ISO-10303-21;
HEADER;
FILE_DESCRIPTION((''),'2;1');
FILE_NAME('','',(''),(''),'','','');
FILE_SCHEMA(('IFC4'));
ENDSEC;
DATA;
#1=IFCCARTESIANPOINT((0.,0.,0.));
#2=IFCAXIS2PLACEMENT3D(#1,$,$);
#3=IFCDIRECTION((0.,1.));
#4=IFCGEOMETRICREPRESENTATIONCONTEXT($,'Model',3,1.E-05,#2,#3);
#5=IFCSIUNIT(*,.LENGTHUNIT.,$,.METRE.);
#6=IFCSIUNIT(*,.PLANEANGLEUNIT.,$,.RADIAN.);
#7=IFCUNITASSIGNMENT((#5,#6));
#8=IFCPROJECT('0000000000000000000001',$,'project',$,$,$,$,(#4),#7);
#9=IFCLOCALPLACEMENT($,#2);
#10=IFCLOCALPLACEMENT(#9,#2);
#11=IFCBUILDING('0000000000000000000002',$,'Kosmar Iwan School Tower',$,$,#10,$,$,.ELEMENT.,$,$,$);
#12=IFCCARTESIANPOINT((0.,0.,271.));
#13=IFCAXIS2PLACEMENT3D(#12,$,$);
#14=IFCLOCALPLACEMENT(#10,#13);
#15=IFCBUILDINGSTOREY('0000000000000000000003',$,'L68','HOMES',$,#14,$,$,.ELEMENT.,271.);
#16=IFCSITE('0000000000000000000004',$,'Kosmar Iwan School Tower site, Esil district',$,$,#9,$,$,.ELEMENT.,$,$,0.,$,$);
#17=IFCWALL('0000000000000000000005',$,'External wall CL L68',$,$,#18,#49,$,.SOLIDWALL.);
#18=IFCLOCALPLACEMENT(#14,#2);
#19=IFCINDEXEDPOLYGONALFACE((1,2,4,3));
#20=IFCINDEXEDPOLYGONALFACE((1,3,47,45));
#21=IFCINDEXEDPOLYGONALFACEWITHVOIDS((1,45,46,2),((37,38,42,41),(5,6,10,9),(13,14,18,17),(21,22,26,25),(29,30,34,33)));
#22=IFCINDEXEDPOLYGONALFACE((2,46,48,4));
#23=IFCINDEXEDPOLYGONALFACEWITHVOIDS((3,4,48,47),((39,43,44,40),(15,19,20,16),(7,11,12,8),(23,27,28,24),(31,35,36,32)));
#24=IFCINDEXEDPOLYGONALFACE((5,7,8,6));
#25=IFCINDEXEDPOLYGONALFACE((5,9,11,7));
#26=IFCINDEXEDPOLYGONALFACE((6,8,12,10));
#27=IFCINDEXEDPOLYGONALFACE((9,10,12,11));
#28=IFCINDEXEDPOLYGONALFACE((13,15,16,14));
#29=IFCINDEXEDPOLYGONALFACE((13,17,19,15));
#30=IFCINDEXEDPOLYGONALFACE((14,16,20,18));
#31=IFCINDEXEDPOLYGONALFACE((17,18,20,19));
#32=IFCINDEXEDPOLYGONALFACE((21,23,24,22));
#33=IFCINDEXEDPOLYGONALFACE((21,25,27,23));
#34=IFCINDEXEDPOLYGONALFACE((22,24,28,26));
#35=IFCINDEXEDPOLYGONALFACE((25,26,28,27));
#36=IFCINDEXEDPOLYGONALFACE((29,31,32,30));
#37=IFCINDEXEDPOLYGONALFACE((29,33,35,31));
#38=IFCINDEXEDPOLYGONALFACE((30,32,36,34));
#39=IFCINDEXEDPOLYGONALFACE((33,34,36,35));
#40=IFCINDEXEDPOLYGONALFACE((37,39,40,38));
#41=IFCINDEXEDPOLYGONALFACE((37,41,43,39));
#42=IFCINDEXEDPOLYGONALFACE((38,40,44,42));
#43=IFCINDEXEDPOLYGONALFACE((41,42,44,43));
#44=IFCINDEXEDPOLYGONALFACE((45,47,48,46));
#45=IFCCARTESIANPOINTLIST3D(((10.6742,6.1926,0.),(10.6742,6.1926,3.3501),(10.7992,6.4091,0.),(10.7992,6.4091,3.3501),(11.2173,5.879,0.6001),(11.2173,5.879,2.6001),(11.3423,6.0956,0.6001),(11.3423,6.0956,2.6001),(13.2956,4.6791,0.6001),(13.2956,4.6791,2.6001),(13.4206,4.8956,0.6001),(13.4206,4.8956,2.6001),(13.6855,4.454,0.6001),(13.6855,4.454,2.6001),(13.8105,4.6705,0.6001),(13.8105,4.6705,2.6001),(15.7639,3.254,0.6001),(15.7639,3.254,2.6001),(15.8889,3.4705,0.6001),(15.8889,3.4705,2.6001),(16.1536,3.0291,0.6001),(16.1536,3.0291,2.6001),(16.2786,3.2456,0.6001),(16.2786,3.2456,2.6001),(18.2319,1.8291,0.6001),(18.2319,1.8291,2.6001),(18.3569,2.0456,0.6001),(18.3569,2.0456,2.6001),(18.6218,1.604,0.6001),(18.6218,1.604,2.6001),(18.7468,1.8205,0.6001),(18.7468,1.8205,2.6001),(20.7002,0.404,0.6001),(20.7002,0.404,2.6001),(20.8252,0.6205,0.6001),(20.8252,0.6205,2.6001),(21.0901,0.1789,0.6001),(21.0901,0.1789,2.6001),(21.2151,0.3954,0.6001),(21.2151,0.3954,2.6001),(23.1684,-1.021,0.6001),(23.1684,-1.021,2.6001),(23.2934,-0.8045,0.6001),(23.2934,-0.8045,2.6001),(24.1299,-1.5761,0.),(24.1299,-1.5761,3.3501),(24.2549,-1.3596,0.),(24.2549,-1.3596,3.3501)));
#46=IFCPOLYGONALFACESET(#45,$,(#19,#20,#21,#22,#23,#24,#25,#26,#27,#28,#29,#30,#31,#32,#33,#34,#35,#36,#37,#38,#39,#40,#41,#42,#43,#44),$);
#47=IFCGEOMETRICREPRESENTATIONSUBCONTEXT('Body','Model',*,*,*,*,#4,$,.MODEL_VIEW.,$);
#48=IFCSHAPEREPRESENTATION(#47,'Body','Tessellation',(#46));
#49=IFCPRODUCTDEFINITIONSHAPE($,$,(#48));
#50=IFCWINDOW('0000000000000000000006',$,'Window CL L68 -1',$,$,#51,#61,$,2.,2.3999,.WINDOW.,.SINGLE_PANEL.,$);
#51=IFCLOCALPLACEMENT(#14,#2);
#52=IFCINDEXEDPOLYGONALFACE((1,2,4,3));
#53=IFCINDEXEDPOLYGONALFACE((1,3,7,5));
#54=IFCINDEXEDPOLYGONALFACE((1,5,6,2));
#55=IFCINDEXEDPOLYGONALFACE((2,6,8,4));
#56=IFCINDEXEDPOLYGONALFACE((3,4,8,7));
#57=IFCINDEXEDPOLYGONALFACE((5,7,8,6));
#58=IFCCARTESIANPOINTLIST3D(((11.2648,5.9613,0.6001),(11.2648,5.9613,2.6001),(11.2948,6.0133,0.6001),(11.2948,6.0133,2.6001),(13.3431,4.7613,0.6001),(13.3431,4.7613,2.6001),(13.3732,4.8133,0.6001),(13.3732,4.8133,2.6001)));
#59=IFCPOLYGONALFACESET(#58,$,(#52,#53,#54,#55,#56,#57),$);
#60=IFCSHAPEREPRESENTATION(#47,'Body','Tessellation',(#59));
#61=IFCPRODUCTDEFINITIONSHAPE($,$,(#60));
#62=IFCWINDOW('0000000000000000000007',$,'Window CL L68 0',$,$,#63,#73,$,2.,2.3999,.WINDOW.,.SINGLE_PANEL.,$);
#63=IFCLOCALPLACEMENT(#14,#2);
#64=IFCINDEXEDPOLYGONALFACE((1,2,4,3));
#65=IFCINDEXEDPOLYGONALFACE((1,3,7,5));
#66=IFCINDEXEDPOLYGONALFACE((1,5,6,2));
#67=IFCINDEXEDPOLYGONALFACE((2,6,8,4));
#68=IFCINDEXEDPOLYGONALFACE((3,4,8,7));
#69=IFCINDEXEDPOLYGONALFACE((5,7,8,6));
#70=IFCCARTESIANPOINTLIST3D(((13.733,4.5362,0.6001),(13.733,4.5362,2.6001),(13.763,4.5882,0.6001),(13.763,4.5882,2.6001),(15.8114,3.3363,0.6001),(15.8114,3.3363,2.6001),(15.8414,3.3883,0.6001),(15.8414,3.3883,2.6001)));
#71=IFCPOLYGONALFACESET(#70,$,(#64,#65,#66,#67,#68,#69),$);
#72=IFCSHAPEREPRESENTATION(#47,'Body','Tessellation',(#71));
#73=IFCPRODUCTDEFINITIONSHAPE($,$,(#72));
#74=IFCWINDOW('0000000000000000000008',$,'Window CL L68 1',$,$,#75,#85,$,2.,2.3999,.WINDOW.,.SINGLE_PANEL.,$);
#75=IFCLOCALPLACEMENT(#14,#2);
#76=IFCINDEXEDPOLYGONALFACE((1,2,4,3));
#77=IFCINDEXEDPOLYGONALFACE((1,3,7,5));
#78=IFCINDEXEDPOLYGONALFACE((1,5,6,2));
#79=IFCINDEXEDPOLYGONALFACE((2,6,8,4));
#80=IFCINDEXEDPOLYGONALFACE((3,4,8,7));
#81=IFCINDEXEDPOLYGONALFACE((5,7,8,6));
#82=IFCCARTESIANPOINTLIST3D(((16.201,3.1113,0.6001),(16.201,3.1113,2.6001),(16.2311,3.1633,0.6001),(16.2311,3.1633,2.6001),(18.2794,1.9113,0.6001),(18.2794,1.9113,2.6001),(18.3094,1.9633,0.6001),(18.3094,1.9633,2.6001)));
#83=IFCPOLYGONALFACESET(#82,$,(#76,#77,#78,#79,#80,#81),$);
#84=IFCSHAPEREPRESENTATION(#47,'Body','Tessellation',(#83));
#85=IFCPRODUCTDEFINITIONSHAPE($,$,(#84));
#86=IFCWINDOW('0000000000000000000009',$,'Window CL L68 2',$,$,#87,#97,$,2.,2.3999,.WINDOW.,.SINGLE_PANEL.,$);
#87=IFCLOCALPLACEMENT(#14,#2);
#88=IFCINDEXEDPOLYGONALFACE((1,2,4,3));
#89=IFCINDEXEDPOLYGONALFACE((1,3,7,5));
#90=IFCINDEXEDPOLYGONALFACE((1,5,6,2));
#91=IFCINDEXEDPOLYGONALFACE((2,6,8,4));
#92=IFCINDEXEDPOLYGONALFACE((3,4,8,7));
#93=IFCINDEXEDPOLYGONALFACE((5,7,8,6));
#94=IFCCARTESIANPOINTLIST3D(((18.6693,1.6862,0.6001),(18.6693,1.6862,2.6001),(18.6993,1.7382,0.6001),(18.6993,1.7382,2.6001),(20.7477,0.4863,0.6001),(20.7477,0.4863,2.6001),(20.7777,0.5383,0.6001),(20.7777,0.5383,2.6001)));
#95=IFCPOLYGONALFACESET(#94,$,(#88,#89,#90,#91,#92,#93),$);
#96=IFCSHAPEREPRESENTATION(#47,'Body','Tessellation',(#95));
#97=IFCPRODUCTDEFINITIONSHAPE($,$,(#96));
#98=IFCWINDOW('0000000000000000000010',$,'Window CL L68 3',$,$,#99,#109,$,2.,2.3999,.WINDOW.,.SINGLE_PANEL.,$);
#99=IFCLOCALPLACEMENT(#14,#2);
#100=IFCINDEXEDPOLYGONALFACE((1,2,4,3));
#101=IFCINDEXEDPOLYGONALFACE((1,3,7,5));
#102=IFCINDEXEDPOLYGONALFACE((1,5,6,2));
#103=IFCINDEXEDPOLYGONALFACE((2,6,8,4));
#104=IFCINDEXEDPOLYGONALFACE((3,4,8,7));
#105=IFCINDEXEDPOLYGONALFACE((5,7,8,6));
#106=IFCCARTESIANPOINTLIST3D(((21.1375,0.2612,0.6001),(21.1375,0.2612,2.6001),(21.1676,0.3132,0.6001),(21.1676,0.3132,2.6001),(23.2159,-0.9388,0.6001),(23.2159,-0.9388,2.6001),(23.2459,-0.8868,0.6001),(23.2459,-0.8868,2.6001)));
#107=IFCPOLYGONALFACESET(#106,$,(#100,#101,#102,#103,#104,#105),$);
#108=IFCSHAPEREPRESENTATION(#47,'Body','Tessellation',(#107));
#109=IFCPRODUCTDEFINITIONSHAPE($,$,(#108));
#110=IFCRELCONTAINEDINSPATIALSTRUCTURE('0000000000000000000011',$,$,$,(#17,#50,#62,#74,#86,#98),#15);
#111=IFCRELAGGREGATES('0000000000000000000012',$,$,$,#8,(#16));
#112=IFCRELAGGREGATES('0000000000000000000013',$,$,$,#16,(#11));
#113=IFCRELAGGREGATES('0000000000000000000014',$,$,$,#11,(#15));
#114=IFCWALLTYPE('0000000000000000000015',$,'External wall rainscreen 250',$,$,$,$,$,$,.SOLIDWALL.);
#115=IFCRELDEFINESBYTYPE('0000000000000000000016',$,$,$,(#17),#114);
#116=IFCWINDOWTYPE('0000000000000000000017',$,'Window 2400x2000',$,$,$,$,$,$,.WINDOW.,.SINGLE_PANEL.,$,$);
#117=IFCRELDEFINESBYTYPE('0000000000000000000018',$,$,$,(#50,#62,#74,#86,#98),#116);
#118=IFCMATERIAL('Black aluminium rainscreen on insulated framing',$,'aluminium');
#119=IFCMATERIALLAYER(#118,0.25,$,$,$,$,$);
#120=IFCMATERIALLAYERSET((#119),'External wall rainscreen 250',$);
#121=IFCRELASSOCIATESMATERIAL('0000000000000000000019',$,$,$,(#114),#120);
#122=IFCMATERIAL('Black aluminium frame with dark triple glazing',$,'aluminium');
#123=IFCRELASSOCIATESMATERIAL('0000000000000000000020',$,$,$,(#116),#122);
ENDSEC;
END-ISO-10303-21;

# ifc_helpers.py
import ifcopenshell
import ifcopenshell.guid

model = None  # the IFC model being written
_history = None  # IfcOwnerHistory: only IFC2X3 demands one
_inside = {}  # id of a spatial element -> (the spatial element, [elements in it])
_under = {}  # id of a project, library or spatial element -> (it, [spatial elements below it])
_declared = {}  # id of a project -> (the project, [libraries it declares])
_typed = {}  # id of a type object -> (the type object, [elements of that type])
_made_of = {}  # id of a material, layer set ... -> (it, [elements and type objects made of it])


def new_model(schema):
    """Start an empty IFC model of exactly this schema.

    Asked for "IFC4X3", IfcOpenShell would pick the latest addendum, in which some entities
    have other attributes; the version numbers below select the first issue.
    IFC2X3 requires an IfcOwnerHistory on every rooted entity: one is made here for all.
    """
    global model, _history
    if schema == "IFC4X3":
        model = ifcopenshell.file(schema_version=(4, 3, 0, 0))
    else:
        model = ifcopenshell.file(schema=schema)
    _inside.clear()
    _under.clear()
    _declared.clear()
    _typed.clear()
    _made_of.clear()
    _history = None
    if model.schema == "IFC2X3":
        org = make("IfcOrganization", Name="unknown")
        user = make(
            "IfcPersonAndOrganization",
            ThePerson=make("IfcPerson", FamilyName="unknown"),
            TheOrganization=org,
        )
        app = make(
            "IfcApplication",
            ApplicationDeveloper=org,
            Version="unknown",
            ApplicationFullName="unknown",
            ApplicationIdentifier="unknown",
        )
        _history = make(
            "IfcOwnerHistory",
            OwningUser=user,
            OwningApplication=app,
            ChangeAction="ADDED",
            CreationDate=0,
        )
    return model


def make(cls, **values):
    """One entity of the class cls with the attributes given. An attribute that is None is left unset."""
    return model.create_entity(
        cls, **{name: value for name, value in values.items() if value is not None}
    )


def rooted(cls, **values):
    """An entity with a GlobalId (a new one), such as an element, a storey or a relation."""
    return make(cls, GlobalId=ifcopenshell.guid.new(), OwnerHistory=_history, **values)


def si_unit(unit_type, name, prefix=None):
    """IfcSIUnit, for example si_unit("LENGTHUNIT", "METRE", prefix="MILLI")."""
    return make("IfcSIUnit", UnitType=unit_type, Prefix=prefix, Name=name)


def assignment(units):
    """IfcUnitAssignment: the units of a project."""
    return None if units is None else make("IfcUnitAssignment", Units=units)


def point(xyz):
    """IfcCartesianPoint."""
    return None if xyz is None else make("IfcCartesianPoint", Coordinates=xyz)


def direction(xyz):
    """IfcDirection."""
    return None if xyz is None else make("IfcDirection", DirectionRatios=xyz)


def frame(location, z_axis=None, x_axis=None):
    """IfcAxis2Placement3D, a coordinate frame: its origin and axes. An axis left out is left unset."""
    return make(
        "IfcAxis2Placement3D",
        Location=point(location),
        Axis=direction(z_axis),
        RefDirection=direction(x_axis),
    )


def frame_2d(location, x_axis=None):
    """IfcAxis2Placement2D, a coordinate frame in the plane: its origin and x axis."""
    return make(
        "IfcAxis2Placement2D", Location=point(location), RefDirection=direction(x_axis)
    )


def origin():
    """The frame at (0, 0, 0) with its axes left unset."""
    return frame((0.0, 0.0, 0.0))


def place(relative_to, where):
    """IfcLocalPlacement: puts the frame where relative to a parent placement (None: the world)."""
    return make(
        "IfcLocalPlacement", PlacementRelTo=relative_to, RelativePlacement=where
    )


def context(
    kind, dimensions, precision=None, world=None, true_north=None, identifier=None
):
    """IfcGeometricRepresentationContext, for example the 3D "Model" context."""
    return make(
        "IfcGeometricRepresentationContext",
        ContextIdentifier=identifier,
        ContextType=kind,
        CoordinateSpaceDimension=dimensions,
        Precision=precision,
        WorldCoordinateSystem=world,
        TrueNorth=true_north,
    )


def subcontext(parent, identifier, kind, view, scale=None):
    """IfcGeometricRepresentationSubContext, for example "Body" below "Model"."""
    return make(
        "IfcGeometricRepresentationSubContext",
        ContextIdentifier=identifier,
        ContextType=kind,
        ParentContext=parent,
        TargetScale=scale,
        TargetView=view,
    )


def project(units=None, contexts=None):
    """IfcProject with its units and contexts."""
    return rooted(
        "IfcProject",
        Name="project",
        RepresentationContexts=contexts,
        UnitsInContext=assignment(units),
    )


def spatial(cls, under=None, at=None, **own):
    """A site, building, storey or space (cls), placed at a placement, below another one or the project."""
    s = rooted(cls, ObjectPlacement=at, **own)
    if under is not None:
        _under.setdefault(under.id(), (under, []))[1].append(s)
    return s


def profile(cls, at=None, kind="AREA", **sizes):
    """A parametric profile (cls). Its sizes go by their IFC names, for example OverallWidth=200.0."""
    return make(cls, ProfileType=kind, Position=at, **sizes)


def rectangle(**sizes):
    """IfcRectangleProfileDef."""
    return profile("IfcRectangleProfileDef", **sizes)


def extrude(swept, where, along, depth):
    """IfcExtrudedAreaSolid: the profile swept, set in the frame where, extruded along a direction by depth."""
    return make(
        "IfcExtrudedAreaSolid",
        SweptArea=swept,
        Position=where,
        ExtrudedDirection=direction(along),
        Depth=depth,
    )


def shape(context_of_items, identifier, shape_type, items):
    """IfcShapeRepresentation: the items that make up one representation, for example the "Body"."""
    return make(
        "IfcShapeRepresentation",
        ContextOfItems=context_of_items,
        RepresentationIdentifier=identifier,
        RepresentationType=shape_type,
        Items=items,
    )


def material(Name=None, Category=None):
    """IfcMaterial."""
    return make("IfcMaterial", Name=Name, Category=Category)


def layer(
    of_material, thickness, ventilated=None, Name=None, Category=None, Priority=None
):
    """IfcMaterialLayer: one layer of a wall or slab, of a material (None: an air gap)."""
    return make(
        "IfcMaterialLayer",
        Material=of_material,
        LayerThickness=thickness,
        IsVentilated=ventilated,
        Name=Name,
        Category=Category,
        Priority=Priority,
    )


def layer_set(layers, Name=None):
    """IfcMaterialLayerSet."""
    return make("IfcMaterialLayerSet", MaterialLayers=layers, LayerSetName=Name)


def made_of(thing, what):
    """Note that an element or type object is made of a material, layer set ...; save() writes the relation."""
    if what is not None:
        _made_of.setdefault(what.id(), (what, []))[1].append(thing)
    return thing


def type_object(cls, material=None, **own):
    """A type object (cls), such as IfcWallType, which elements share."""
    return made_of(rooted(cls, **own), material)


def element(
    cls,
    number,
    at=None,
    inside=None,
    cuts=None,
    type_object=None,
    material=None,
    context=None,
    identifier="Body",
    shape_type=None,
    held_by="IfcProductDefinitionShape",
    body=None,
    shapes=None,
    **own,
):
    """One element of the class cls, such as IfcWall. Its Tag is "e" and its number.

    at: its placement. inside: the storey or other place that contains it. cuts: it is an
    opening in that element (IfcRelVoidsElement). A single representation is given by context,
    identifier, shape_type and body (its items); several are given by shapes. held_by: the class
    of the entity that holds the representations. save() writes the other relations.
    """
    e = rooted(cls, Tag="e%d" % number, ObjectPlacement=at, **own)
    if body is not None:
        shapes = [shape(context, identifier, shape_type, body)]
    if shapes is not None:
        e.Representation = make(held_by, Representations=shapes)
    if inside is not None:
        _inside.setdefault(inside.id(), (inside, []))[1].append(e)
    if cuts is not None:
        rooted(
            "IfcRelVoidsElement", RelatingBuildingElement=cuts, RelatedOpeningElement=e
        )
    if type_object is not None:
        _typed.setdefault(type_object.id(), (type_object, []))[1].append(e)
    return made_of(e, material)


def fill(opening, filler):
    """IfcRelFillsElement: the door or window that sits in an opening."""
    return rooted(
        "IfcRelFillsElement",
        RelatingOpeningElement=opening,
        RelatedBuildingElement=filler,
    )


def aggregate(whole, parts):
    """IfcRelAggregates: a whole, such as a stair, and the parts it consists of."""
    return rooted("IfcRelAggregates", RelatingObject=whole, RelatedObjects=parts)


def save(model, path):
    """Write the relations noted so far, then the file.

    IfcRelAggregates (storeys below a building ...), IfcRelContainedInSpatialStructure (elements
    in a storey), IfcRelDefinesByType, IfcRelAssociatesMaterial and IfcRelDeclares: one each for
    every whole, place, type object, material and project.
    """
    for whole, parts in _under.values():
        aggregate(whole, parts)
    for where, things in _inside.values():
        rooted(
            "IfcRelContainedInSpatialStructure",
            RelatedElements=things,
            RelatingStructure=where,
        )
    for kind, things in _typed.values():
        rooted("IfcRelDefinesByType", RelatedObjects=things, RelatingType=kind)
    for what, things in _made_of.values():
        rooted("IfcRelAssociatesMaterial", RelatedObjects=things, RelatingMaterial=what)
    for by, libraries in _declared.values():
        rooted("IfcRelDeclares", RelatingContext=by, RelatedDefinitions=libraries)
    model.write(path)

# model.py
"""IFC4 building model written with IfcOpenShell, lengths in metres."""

from ifc_helpers import new_model, si_unit, direction, frame, frame_2d, origin, place, context, subcontext, project, spatial, rectangle, extrude, material, layer, layer_set, type_object, element, fill, save


model = new_model("IFC4")

# Units and contexts
model_context = context("Model", 3, precision=1e-05, world=origin(), true_north=direction((0.0, 1.0)))
body_context = subcontext(model_context, "Body", "Model", "MODEL_VIEW")
ifc_project = project(units=[si_unit("LENGTHUNIT", "METRE"), si_unit("PLANEANGLEUNIT", "RADIAN")], contexts=[model_context])

# Site, building, storey
site_placement = place(None, origin())
site = spatial("IfcSite", under=ifc_project, at=site_placement, Name="Kosmar Iwan School Tower site, Esil district", CompositionType="ELEMENT", RefElevation=0.0)
building_placement = place(site_placement, origin())
building = spatial("IfcBuilding", under=site, at=building_placement, Name="Kosmar Iwan School Tower", CompositionType="ELEMENT")
storey_placement = place(building_placement, frame((0.0, 0.0, 271.0)))
storey = spatial("IfcBuildingStorey", under=building, at=storey_placement, Name="L68", Description="HOMES", CompositionType="ELEMENT", Elevation=271.0)

# Wall, openings, windows
ifc_material_1 = material(Name="Black aluminium rainscreen on insulated framing", Category="aluminium")
ifc_layer = layer(ifc_material_1, 0.25)
ifc_layer_set = layer_set([ifc_layer], Name="External wall rainscreen 250")
wall_type = type_object("IfcWallType", Name="External wall rainscreen 250", PredefinedType="SOLIDWALL", material=ifc_layer_set)
wall_1_placement = place(storey_placement, frame((10.7368, 6.3008, 0.0), z_axis=(0.0, 0.0, 1.0), x_axis=(0.866023, -0.500004, 0.0)))
wall_1 = element("IfcWall", 1, at=wall_1_placement, inside=storey, type_object=wall_type, Name="External wall CL L68", PredefinedType="SOLIDWALL", context=body_context, shape_type="SweptSolid", body=[
    extrude(rectangle(XDim=15.5374, YDim=0.25, at=frame_2d((7.7686, 0.0))), origin(), (0.0, 0.0, 1.0), 3.3501),
])
opening_1_placement = place(wall_1_placement, frame((0.627, 0.0, 0.6001)))
opening_1 = element("IfcOpeningElement", 2, at=opening_1_placement, cuts=wall_1, PredefinedType="OPENING", context=body_context, shape_type="SweptSolid", body=[
    extrude(rectangle(XDim=2.3999, YDim=2.0, at=frame_2d((1.2, 1.0))), frame((0.0, 0.137, 0.0), z_axis=(0.0, -1.0, 0.0), x_axis=(1.0, 0.0, 0.0)), (0.0, 0.0, 1.0), 0.2739),
])
opening_2_placement = place(wall_1_placement, frame((3.4771, 0.0, 0.6001)))
opening_2 = element("IfcOpeningElement", 3, at=opening_2_placement, cuts=wall_1, PredefinedType="OPENING", context=body_context, shape_type="SweptSolid", body=[
    extrude(rectangle(XDim=2.3999, YDim=2.0, at=frame_2d((1.2, 1.0))), frame((0.0, 0.137, 0.0), z_axis=(0.0, -1.0, 0.0), x_axis=(1.0, 0.0, 0.0)), (0.0, 0.0, 1.0), 0.2739),
])
opening_3_placement = place(wall_1_placement, frame((6.3269, 0.0, 0.6001)))
opening_3 = element("IfcOpeningElement", 4, at=opening_3_placement, cuts=wall_1, PredefinedType="OPENING", context=body_context, shape_type="SweptSolid", body=[
    extrude(rectangle(XDim=2.3999, YDim=2.0, at=frame_2d((1.2, 1.0))), frame((0.0, 0.137, 0.0), z_axis=(0.0, -1.0, 0.0), x_axis=(1.0, 0.0, 0.0)), (0.0, 0.0, 1.0), 0.2739),
])
opening_4_placement = place(wall_1_placement, frame((9.177, 0.0, 0.6001)))
opening_4 = element("IfcOpeningElement", 5, at=opening_4_placement, cuts=wall_1, PredefinedType="OPENING", context=body_context, shape_type="SweptSolid", body=[
    extrude(rectangle(XDim=2.3999, YDim=2.0, at=frame_2d((1.2, 1.0))), frame((0.0, 0.137, 0.0), z_axis=(0.0, -1.0, 0.0), x_axis=(1.0, 0.0, 0.0)), (0.0, 0.0, 1.0), 0.2739),
])
opening_5_placement = place(wall_1_placement, frame((12.0271, 0.0, 0.6001)))
opening_5 = element("IfcOpeningElement", 6, at=opening_5_placement, cuts=wall_1, PredefinedType="OPENING", context=body_context, shape_type="SweptSolid", body=[
    extrude(rectangle(XDim=2.3999, YDim=2.0, at=frame_2d((1.2, 1.0))), frame((0.0, 0.137, 0.0), z_axis=(0.0, -1.0, 0.0), x_axis=(1.0, 0.0, 0.0)), (0.0, 0.0, 1.0), 0.2739),
])
ifc_material_2 = material(Name="Black aluminium frame with dark triple glazing", Category="aluminium")
window_type = type_object("IfcWindowType", Name="Window 2400x2000", PartitioningType="SINGLE_PANEL", PredefinedType="WINDOW", material=ifc_material_2)
window_1_placement = place(opening_1_placement, origin())
window_1 = element("IfcWindow", 7, at=window_1_placement, inside=storey, type_object=window_type, Name="Window CL L68 -1", OverallHeight=2.0, OverallWidth=2.3999, PartitioningType="SINGLE_PANEL", PredefinedType="WINDOW", context=body_context, shape_type="SweptSolid", body=[
    extrude(rectangle(XDim=2.3999, YDim=2.0, at=frame_2d((1.2, 1.0))), frame((0.0, 0.03, 0.0), z_axis=(0.0, -1.0, 0.0), x_axis=(1.0, 0.0, 0.0)), (0.0, 0.0, 1.0), 0.0601),
])
fill(opening_1, window_1)
window_2_placement = place(opening_2_placement, origin())
window_2 = element("IfcWindow", 8, at=window_2_placement, inside=storey, type_object=window_type, Name="Window CL L68 0", OverallHeight=2.0, OverallWidth=2.3999, PartitioningType="SINGLE_PANEL", PredefinedType="WINDOW", context=body_context, shape_type="SweptSolid", body=[
    extrude(rectangle(XDim=2.3999, YDim=2.0, at=frame_2d((1.2, 1.0))), frame((0.0, 0.03, 0.0), z_axis=(0.0, -1.0, 0.0), x_axis=(1.0, 0.0, 0.0)), (0.0, 0.0, 1.0), 0.0601),
])
fill(opening_2, window_2)
window_3_placement = place(opening_3_placement, origin())
window_3 = element("IfcWindow", 9, at=window_3_placement, inside=storey, type_object=window_type, Name="Window CL L68 1", OverallHeight=2.0, OverallWidth=2.3999, PartitioningType="SINGLE_PANEL", PredefinedType="WINDOW", context=body_context, shape_type="SweptSolid", body=[
    extrude(rectangle(XDim=2.3999, YDim=2.0, at=frame_2d((1.2, 1.0))), frame((0.0, 0.03, 0.0), z_axis=(0.0, -1.0, 0.0), x_axis=(1.0, 0.0, 0.0)), (0.0, 0.0, 1.0), 0.0601),
])
fill(opening_3, window_3)
window_4_placement = place(opening_4_placement, origin())
window_4 = element("IfcWindow", 10, at=window_4_placement, inside=storey, type_object=window_type, Name="Window CL L68 2", OverallHeight=2.0, OverallWidth=2.3999, PartitioningType="SINGLE_PANEL", PredefinedType="WINDOW", context=body_context, shape_type="SweptSolid", body=[
    extrude(rectangle(XDim=2.3999, YDim=2.0, at=frame_2d((1.2, 1.0))), frame((0.0, 0.03, 0.0), z_axis=(0.0, -1.0, 0.0), x_axis=(1.0, 0.0, 0.0)), (0.0, 0.0, 1.0), 0.0601),
])
fill(opening_4, window_4)
window_5_placement = place(opening_5_placement, origin())
window_5 = element("IfcWindow", 11, at=window_5_placement, inside=storey, type_object=window_type, Name="Window CL L68 3", OverallHeight=2.0, OverallWidth=2.3999, PartitioningType="SINGLE_PANEL", PredefinedType="WINDOW", context=body_context, shape_type="SweptSolid", body=[
    extrude(rectangle(XDim=2.3999, YDim=2.0, at=frame_2d((1.2, 1.0))), frame((0.0, 0.03, 0.0), z_axis=(0.0, -1.0, 0.0), x_axis=(1.0, 0.0, 0.0)), (0.0, 0.0, 1.0), 0.0601),
])
fill(opening_5, window_5)

save(model, "model.ifc")
